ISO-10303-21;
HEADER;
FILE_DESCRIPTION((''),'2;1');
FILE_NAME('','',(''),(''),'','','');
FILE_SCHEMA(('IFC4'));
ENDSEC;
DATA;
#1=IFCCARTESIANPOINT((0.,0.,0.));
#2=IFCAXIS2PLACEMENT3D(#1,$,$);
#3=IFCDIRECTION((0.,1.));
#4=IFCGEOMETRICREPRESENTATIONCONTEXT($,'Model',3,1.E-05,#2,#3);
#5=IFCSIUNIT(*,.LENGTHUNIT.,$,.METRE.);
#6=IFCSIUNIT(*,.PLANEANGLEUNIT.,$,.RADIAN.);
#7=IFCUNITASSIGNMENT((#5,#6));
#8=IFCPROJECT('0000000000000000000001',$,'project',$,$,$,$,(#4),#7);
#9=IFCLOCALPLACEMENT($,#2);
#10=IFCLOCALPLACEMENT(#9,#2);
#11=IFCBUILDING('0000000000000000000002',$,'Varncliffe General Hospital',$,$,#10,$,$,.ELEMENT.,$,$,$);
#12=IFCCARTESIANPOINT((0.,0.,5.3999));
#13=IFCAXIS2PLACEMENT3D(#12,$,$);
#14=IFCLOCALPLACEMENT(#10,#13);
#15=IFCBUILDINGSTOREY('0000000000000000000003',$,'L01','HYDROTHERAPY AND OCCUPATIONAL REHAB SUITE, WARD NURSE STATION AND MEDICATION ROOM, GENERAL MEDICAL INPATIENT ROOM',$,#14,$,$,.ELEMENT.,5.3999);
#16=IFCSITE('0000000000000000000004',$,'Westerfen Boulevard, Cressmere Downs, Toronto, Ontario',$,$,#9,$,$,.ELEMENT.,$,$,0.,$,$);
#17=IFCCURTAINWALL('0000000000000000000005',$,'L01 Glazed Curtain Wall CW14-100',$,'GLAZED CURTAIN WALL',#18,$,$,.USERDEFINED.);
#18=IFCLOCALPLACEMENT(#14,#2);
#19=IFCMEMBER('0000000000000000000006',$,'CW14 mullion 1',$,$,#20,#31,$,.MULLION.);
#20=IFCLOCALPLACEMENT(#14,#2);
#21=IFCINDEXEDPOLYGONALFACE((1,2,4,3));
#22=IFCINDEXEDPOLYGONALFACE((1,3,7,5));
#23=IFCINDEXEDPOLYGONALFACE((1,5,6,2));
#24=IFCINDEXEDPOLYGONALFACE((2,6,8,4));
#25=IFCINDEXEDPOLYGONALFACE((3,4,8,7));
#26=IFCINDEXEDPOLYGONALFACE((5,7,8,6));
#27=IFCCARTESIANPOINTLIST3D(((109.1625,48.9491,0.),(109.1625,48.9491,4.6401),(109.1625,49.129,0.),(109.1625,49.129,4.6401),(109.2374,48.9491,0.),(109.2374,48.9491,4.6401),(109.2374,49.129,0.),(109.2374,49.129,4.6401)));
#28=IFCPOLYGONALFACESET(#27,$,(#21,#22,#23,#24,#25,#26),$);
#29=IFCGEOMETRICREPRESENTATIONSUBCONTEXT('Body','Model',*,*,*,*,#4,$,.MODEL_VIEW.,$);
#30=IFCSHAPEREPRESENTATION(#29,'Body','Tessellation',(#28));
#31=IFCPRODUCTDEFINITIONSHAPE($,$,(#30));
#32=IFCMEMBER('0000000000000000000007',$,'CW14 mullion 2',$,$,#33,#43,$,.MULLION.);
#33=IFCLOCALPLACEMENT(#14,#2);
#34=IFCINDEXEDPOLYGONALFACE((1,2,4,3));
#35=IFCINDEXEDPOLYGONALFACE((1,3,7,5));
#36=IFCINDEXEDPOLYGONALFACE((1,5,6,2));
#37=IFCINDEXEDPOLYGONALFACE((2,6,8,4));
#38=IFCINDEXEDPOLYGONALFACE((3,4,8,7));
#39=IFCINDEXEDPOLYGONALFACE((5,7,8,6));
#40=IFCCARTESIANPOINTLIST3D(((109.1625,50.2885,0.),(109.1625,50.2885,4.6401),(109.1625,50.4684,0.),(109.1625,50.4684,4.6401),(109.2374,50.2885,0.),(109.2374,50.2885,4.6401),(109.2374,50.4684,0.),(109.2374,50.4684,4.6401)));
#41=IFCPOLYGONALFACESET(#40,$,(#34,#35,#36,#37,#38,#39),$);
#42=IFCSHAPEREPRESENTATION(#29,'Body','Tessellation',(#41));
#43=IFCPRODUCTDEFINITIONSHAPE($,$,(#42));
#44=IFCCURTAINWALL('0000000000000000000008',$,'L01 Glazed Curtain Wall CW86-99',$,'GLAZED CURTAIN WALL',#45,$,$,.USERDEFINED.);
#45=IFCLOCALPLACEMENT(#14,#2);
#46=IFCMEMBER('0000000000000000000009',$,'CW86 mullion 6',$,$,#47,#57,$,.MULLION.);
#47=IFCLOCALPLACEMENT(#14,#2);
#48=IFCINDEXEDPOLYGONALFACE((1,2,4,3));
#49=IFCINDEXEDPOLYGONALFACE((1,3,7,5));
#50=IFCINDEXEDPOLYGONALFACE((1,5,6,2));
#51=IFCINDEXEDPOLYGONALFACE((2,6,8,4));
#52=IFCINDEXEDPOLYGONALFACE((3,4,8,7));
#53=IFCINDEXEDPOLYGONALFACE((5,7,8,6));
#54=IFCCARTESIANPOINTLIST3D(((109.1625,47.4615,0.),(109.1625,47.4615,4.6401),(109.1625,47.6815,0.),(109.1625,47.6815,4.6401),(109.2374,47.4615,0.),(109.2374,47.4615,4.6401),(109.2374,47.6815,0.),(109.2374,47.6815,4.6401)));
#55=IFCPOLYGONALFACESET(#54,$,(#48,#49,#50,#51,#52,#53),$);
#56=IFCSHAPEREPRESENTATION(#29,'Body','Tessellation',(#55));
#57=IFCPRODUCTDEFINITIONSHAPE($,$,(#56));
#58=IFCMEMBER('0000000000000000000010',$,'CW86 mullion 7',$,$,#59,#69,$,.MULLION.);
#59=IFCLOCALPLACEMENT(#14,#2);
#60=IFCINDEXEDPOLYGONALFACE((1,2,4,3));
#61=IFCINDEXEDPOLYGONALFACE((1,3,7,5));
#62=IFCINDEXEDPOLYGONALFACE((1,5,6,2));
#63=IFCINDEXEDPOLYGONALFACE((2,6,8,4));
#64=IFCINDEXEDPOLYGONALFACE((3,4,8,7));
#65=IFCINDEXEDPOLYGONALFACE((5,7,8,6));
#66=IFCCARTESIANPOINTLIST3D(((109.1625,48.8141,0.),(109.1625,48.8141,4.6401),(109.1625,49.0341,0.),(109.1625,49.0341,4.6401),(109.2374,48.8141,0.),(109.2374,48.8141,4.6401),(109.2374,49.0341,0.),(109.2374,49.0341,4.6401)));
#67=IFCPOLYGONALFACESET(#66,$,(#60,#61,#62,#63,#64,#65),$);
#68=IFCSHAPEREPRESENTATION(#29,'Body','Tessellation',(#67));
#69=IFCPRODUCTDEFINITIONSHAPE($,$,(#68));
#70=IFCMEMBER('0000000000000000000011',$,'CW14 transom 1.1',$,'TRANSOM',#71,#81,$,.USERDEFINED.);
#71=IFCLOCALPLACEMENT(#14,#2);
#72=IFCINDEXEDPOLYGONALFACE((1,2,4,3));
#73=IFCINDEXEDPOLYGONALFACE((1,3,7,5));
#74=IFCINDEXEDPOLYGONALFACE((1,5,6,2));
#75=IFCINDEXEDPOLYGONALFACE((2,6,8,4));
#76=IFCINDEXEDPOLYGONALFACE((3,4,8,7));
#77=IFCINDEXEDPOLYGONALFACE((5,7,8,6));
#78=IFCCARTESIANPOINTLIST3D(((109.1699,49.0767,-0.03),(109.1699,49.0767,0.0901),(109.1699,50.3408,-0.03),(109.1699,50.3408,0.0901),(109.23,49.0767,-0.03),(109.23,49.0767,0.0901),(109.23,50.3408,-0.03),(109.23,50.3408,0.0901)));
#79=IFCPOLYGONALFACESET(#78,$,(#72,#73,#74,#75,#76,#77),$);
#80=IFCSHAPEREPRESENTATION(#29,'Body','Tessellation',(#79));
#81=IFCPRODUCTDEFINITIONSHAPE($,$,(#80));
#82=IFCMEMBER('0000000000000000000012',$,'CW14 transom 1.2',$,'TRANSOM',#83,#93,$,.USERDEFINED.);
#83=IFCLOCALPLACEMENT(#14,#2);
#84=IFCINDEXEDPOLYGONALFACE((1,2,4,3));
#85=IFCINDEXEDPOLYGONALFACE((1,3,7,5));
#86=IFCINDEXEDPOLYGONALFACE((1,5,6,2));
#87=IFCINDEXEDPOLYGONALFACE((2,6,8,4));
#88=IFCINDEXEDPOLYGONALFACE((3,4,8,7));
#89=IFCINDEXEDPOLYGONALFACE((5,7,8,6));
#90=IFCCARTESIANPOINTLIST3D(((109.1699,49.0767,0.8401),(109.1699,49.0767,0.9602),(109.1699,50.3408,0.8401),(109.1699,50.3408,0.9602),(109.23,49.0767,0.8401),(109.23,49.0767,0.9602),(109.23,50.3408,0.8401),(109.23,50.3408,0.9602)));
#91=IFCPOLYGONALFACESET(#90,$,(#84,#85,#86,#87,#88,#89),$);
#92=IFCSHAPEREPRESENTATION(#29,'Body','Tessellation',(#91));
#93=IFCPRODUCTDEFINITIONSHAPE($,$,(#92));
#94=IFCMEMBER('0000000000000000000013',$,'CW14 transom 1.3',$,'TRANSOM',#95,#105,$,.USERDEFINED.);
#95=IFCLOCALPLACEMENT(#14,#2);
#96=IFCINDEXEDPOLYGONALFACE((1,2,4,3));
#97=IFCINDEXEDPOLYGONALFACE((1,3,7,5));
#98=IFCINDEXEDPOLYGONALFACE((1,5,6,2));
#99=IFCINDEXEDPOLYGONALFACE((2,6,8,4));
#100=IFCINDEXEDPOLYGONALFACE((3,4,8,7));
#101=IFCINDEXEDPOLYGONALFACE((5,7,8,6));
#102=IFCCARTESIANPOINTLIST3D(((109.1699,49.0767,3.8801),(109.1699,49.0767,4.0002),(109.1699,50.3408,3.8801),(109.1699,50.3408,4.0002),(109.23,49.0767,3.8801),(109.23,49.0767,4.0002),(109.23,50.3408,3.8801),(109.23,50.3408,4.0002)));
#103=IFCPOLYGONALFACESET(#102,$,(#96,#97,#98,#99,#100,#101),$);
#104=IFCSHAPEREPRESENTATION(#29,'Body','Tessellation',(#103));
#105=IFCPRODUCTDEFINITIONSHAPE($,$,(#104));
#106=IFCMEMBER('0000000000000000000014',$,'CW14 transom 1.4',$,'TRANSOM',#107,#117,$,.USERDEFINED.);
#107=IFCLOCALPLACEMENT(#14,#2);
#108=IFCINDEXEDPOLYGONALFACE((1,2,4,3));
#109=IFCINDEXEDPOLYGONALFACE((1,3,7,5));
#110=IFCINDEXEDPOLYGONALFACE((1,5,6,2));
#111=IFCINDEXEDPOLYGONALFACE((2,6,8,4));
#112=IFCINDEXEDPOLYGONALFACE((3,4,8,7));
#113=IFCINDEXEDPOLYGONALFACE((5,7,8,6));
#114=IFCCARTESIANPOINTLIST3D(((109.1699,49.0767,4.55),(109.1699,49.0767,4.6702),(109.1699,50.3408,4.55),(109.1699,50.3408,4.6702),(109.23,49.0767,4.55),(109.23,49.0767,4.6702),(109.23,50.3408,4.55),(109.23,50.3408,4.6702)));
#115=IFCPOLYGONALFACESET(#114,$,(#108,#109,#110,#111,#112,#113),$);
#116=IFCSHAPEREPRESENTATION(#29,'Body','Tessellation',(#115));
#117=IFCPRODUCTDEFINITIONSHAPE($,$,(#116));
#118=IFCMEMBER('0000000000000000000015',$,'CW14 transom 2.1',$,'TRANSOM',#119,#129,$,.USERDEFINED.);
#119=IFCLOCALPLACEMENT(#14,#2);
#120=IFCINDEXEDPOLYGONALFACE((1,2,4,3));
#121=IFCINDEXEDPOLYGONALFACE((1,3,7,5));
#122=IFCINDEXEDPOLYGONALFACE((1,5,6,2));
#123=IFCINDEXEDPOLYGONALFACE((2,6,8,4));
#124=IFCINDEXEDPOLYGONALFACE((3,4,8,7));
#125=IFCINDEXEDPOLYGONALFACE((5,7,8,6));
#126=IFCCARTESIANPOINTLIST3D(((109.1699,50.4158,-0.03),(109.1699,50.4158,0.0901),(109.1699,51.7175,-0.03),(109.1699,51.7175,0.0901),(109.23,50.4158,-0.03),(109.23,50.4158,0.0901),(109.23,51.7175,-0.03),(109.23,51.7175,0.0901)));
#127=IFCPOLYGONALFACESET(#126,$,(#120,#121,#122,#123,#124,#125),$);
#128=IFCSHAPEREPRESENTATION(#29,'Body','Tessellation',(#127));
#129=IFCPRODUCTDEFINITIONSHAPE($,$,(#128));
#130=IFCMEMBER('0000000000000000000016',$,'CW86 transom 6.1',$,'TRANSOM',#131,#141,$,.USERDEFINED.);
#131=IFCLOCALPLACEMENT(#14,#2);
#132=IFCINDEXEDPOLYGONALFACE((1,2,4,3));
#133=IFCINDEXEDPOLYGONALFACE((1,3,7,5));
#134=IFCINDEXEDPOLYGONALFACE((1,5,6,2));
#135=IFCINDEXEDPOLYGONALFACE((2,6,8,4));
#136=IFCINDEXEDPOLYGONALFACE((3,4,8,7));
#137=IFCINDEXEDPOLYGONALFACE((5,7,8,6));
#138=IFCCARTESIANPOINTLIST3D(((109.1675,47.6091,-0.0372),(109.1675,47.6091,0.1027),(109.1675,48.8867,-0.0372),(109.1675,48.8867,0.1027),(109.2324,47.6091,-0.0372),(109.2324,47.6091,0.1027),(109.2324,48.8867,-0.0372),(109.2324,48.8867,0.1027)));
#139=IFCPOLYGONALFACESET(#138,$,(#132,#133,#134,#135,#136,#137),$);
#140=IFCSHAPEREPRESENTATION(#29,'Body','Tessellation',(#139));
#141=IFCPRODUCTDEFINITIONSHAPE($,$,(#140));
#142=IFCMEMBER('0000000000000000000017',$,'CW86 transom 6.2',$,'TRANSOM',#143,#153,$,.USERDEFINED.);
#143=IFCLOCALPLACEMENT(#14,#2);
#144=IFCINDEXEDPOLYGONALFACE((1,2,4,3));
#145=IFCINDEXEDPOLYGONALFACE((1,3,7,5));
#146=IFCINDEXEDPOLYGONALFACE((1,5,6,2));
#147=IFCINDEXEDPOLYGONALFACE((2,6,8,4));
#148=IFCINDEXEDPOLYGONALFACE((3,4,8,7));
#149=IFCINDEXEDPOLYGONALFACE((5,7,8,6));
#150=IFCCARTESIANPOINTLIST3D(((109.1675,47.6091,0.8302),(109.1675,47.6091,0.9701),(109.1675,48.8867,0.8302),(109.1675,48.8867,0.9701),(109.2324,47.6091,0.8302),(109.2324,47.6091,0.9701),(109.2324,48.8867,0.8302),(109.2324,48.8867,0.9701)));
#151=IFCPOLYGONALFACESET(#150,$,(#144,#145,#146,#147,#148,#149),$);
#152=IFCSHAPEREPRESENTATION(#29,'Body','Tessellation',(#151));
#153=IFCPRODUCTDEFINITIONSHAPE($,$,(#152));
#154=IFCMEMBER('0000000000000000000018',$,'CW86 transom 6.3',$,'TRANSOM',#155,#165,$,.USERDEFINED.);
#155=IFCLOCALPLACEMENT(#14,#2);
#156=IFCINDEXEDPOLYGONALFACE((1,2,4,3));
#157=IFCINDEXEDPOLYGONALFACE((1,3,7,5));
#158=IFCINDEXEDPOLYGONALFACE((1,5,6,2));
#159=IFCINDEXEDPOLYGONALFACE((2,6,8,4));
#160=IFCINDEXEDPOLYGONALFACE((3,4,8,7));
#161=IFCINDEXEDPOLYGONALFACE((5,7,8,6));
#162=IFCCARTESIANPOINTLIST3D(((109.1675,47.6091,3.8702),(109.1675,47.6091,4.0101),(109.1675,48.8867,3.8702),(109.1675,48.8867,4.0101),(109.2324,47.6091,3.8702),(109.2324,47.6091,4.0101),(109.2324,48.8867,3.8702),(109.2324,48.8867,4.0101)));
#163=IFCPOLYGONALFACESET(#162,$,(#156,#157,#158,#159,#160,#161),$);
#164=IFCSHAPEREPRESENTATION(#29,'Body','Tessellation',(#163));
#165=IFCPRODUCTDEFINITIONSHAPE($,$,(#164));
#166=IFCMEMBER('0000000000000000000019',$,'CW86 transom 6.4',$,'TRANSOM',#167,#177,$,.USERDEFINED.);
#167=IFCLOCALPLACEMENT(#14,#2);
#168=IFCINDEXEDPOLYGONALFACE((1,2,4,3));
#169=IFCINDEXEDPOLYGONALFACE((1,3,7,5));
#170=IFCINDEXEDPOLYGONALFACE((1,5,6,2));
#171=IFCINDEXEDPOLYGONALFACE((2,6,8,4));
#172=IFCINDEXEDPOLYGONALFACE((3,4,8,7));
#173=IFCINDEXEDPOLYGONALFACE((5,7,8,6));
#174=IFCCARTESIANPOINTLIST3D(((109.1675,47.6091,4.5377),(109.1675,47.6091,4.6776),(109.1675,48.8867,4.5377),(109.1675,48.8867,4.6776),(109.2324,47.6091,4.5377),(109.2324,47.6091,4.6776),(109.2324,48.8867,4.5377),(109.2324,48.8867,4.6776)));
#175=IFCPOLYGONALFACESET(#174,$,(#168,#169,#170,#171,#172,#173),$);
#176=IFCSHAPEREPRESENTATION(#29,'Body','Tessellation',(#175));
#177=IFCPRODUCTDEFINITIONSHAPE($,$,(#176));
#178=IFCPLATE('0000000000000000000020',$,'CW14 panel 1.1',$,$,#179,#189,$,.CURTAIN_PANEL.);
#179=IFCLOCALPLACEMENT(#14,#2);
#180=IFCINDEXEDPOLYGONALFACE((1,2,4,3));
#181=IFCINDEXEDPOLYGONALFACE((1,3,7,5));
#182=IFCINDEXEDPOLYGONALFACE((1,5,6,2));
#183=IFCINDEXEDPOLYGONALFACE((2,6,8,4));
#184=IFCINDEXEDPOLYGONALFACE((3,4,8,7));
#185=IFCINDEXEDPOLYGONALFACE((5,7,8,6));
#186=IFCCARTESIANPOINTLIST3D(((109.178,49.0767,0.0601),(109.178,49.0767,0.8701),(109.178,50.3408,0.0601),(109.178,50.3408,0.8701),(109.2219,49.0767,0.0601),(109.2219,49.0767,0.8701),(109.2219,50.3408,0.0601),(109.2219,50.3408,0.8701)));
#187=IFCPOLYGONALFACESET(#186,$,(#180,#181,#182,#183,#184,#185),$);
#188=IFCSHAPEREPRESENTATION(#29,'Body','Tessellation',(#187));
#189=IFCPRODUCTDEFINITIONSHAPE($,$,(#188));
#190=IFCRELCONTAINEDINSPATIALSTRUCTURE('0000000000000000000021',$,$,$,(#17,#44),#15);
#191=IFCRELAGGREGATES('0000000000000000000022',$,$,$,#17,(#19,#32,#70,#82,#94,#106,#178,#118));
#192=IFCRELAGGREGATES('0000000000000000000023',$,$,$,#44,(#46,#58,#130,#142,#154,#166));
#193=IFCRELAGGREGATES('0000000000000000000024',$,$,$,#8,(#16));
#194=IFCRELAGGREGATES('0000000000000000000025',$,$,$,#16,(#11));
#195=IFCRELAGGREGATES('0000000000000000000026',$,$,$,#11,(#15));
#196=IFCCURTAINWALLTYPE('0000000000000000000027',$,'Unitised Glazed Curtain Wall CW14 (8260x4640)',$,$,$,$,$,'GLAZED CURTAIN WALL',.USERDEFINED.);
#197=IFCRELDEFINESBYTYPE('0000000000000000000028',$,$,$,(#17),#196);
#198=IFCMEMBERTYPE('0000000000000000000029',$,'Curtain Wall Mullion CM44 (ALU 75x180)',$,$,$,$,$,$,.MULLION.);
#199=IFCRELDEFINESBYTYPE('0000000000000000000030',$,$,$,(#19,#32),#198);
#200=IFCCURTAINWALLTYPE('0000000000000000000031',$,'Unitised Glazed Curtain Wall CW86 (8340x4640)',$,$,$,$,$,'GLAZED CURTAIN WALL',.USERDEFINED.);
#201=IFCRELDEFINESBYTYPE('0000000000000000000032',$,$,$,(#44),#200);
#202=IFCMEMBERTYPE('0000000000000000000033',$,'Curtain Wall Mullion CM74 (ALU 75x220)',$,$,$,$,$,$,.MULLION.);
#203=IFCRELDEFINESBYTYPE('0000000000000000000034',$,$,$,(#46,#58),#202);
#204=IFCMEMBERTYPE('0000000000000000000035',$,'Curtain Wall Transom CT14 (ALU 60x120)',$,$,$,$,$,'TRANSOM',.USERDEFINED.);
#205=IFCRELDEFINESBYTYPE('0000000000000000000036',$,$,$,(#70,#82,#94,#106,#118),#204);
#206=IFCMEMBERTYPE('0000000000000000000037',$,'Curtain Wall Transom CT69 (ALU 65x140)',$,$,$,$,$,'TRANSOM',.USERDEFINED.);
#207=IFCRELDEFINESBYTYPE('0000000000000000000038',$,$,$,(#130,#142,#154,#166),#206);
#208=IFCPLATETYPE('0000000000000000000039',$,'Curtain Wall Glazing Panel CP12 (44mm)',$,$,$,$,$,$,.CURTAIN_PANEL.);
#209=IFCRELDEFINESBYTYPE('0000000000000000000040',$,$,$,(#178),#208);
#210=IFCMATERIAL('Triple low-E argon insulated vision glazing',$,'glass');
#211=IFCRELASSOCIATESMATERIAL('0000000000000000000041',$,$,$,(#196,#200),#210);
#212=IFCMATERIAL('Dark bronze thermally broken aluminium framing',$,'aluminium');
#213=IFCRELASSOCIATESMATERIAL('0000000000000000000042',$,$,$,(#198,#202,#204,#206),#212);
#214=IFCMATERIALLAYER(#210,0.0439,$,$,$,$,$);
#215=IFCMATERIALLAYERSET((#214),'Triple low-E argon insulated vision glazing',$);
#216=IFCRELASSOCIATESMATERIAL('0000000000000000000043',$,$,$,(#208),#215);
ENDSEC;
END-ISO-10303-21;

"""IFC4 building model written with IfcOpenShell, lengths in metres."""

from ifc_helpers import new_model, si_unit, direction, frame, origin, origin_2d, place, context, subcontext, project, spatial, rectangle, extrude, material, layer, layer_set, material_profile, profile_set, type_object, element, aggregate, save


model = new_model("IFC4")

# Units and contexts
model_context = context("Model", 3, precision=1e-05, world=origin(), true_north=direction((0.0, 1.0)))
body_context = subcontext(model_context, "Body", "Model", "MODEL_VIEW")
ifc_project = project(units=[si_unit("LENGTHUNIT", "METRE"), si_unit("PLANEANGLEUNIT", "RADIAN")], contexts=[model_context])

# Site, building, storey
site_placement = place(None, origin())
site = spatial("IfcSite", under=ifc_project, at=site_placement, Name="Westerfen Boulevard, Cressmere Downs, Toronto, Ontario", CompositionType="ELEMENT", RefElevation=0.0)
building_placement = place(site_placement, origin())
building = spatial("IfcBuilding", under=site, at=building_placement, Name="Varncliffe General Hospital", CompositionType="ELEMENT")
storey_placement = place(building_placement, frame((0.0, 0.0, 5.3999)))
storey = spatial("IfcBuildingStorey", under=building, at=storey_placement, Name="L01", Description="HYDROTHERAPY AND OCCUPATIONAL REHAB SUITE, WARD NURSE STATION AND MEDICATION ROOM, GENERAL MEDICAL INPATIENT ROOM", CompositionType="ELEMENT", Elevation=5.3999)

# Curtain walls, members
ifc_material_1 = material(Name="Triple low-E argon insulated vision glazing", Category="glass")
curtain_wall_type_1 = type_object("IfcCurtainWallType", Name="Unitised Glazed Curtain Wall CW14 (8260x4640)", ElementType="GLAZED CURTAIN WALL", PredefinedType="USERDEFINED", material=ifc_material_1)
curtain_wall_1_placement = place(storey_placement, origin())
curtain_wall_1 = element("IfcCurtainWall", 1, at=curtain_wall_1_placement, inside=storey, type_object=curtain_wall_type_1, Name="L01 Glazed Curtain Wall CW14-100", ObjectType="GLAZED CURTAIN WALL", PredefinedType="USERDEFINED")
ifc_material_2 = material(Name="Dark bronze thermally broken aluminium framing", Category="aluminium")
ifc_material_profile_1 = material_profile(ifc_material_2, rectangle(XDim=0.075, YDim=0.1799, at=origin_2d()), Name="ALU 75x180")
ifc_profile_set_1 = profile_set([ifc_material_profile_1], Name="Dark bronze thermally broken aluminium framing")
member_type_1 = type_object("IfcMemberType", Name="Curtain Wall Mullion CM44 (ALU 75x180)", PredefinedType="MULLION", material=ifc_profile_set_1)
member_1_placement = place(storey_placement, frame((109.2, 49.0391, 0.0), z_axis=(0.0, 0.0, 1.0), x_axis=(-1.0, 0.0, 0.0)))
member_1 = element("IfcMember", 2, at=member_1_placement, type_object=member_type_1, Name="CW14 mullion 1", PredefinedType="MULLION", context=body_context, shape_type="SweptSolid", body=[
    extrude(rectangle(XDim=0.075, YDim=0.1799, at=origin_2d()), origin(), (0.0, 0.0, 1.0), 4.6401),
])
member_2_placement = place(storey_placement, frame((109.2, 50.3784, 0.0), z_axis=(0.0, 0.0, 1.0), x_axis=(-1.0, 0.0, 0.0)))
member_2 = element("IfcMember", 3, at=member_2_placement, type_object=member_type_1, Name="CW14 mullion 2", PredefinedType="MULLION", context=body_context, shape_type="SweptSolid", body=[
    extrude(rectangle(XDim=0.075, YDim=0.1799, at=origin_2d()), origin(), (0.0, 0.0, 1.0), 4.6401),
])
curtain_wall_type_2 = type_object("IfcCurtainWallType", Name="Unitised Glazed Curtain Wall CW86 (8340x4640)", ElementType="GLAZED CURTAIN WALL", PredefinedType="USERDEFINED", material=ifc_material_1)
curtain_wall_2_placement = place(storey_placement, origin())
curtain_wall_2 = element("IfcCurtainWall", 4, at=curtain_wall_2_placement, inside=storey, type_object=curtain_wall_type_2, Name="L01 Glazed Curtain Wall CW86-99", ObjectType="GLAZED CURTAIN WALL", PredefinedType="USERDEFINED")
ifc_material_profile_2 = material_profile(ifc_material_2, rectangle(XDim=0.075, YDim=0.22, at=origin_2d()), Name="ALU 75x220")
ifc_profile_set_2 = profile_set([ifc_material_profile_2], Name="Dark bronze thermally broken aluminium framing")
member_type_2 = type_object("IfcMemberType", Name="Curtain Wall Mullion CM74 (ALU 75x220)", PredefinedType="MULLION", material=ifc_profile_set_2)
member_3_placement = place(storey_placement, frame((109.2, 47.5715, 0.0), z_axis=(0.0, 0.0, 1.0), x_axis=(-1.0, 0.0, 0.0)))
member_3 = element("IfcMember", 5, at=member_3_placement, type_object=member_type_2, Name="CW86 mullion 6", PredefinedType="MULLION", context=body_context, shape_type="SweptSolid", body=[
    extrude(rectangle(XDim=0.075, YDim=0.22, at=origin_2d()), origin(), (0.0, 0.0, 1.0), 4.6401),
])
member_4_placement = place(storey_placement, frame((109.2, 48.9241, 0.0), z_axis=(0.0, 0.0, 1.0), x_axis=(-1.0, 0.0, 0.0)))
member_4 = element("IfcMember", 6, at=member_4_placement, type_object=member_type_2, Name="CW86 mullion 7", PredefinedType="MULLION", context=body_context, shape_type="SweptSolid", body=[
    extrude(rectangle(XDim=0.075, YDim=0.22, at=origin_2d()), origin(), (0.0, 0.0, 1.0), 4.6401),
])

# Members
ifc_material_profile_3 = material_profile(ifc_material_2, rectangle(XDim=0.0601, YDim=0.1201, at=origin_2d()), Name="ALU 60x120")
ifc_profile_set_3 = profile_set([ifc_material_profile_3], Name="Dark bronze thermally broken aluminium framing")
member_type_3 = type_object("IfcMemberType", Name="Curtain Wall Transom CT14 (ALU 60x120)", ElementType="TRANSOM", PredefinedType="USERDEFINED", material=ifc_profile_set_3)
member_5_placement = place(storey_placement, frame((109.2, 49.0767, 0.03), z_axis=(0.0, 1.0, 0.0), x_axis=(-1.0, 0.0, 0.0)))
member_5 = element("IfcMember", 7, at=member_5_placement, type_object=member_type_3, Name="CW14 transom 1.1", ObjectType="TRANSOM", PredefinedType="USERDEFINED", context=body_context, shape_type="SweptSolid", body=[
    extrude(rectangle(XDim=0.0601, YDim=0.1201, at=origin_2d()), origin(), (0.0, 0.0, 1.0), 1.2642),
])
member_6_placement = place(storey_placement, frame((109.2, 49.0767, 0.9001), z_axis=(0.0, 1.0, 0.0), x_axis=(-1.0, 0.0, 0.0)))
member_6 = element("IfcMember", 8, at=member_6_placement, type_object=member_type_3, Name="CW14 transom 1.2", ObjectType="TRANSOM", PredefinedType="USERDEFINED", context=body_context, shape_type="SweptSolid", body=[
    extrude(rectangle(XDim=0.0601, YDim=0.1201, at=origin_2d()), origin(), (0.0, 0.0, 1.0), 1.2642),
])
member_7_placement = place(storey_placement, frame((109.2, 49.0767, 3.9402), z_axis=(0.0, 1.0, 0.0), x_axis=(-1.0, 0.0, 0.0)))
member_7 = element("IfcMember", 9, at=member_7_placement, type_object=member_type_3, Name="CW14 transom 1.3", ObjectType="TRANSOM", PredefinedType="USERDEFINED", context=body_context, shape_type="SweptSolid", body=[
    extrude(rectangle(XDim=0.0601, YDim=0.1201, at=origin_2d()), origin(), (0.0, 0.0, 1.0), 1.2642),
])
member_8_placement = place(storey_placement, frame((109.2, 49.0767, 4.6101), z_axis=(0.0, 1.0, 0.0), x_axis=(-1.0, 0.0, 0.0)))
member_8 = element("IfcMember", 10, at=member_8_placement, type_object=member_type_3, Name="CW14 transom 1.4", ObjectType="TRANSOM", PredefinedType="USERDEFINED", context=body_context, shape_type="SweptSolid", body=[
    extrude(rectangle(XDim=0.0601, YDim=0.1201, at=origin_2d()), origin(), (0.0, 0.0, 1.0), 1.2642),
])
member_9_placement = place(storey_placement, frame((109.2, 50.4158, 0.03), z_axis=(0.0, 1.0, 0.0), x_axis=(-1.0, 0.0, 0.0)))
member_9 = element("IfcMember", 11, at=member_9_placement, type_object=member_type_3, Name="CW14 transom 2.1", ObjectType="TRANSOM", PredefinedType="USERDEFINED", context=body_context, shape_type="SweptSolid", body=[
    extrude(rectangle(XDim=0.0601, YDim=0.1201, at=origin_2d()), origin(), (0.0, 0.0, 1.0), 1.3018),
])
ifc_material_profile_4 = material_profile(ifc_material_2, rectangle(XDim=0.0649, YDim=0.1399, at=origin_2d()), Name="ALU 65x140")
ifc_profile_set_4 = profile_set([ifc_material_profile_4], Name="Dark bronze thermally broken aluminium framing")
member_type_4 = type_object("IfcMemberType", Name="Curtain Wall Transom CT69 (ALU 65x140)", ElementType="TRANSOM", PredefinedType="USERDEFINED", material=ifc_profile_set_4)
member_10_placement = place(storey_placement, frame((109.2, 47.6091, 0.0327), z_axis=(0.0, 1.0, 0.0), x_axis=(-1.0, 0.0, 0.0)))
member_10 = element("IfcMember", 12, at=member_10_placement, type_object=member_type_4, Name="CW86 transom 6.1", ObjectType="TRANSOM", PredefinedType="USERDEFINED", context=body_context, shape_type="SweptSolid", body=[
    extrude(rectangle(XDim=0.0649, YDim=0.1399, at=origin_2d()), origin(), (0.0, 0.0, 1.0), 1.2776),
])
member_11_placement = place(storey_placement, frame((109.2, 47.6091, 0.9001), z_axis=(0.0, 1.0, 0.0), x_axis=(-1.0, 0.0, 0.0)))
member_11 = element("IfcMember", 13, at=member_11_placement, type_object=member_type_4, Name="CW86 transom 6.2", ObjectType="TRANSOM", PredefinedType="USERDEFINED", context=body_context, shape_type="SweptSolid", body=[
    extrude(rectangle(XDim=0.0649, YDim=0.1399, at=origin_2d()), origin(), (0.0, 0.0, 1.0), 1.2776),
])
member_12_placement = place(storey_placement, frame((109.2, 47.6091, 3.9402), z_axis=(0.0, 1.0, 0.0), x_axis=(-1.0, 0.0, 0.0)))
member_12 = element("IfcMember", 14, at=member_12_placement, type_object=member_type_4, Name="CW86 transom 6.3", ObjectType="TRANSOM", PredefinedType="USERDEFINED", context=body_context, shape_type="SweptSolid", body=[
    extrude(rectangle(XDim=0.0649, YDim=0.1399, at=origin_2d()), origin(), (0.0, 0.0, 1.0), 1.2776),
])
member_13_placement = place(storey_placement, frame((109.2, 47.6091, 4.6077), z_axis=(0.0, 1.0, 0.0), x_axis=(-1.0, 0.0, 0.0)))
member_13 = element("IfcMember", 15, at=member_13_placement, type_object=member_type_4, Name="CW86 transom 6.4", ObjectType="TRANSOM", PredefinedType="USERDEFINED", context=body_context, shape_type="SweptSolid", body=[
    extrude(rectangle(XDim=0.0649, YDim=0.1399, at=origin_2d()), origin(), (0.0, 0.0, 1.0), 1.2776),
])

# Plate
ifc_layer_1 = layer(ifc_material_1, 0.0439)
ifc_layer_set_1 = layer_set([ifc_layer_1], Name="Triple low-E argon insulated vision glazing")
plate_type_1 = type_object("IfcPlateType", Name="Curtain Wall Glazing Panel CP12 (44mm)", PredefinedType="CURTAIN_PANEL", material=ifc_layer_set_1)
plate_1_placement = place(storey_placement, frame((109.2, 49.7087, 0.0601), z_axis=(0.0, 0.0, 1.0), x_axis=(0.0, 1.0, 0.0)))
plate_1 = element("IfcPlate", 16, at=plate_1_placement, type_object=plate_type_1, Name="CW14 panel 1.1", PredefinedType="CURTAIN_PANEL", context=body_context, shape_type="SweptSolid", body=[
    extrude(rectangle(XDim=1.2642, YDim=0.0439, at=origin_2d()), origin(), (0.0, 0.0, 1.0), 0.8101),
])
aggregate(curtain_wall_1, [member_1, member_2, member_5, member_6, member_7, member_8, plate_1, member_9])
aggregate(curtain_wall_2, [member_3, member_4, member_10, member_11, member_12, member_13])

save(model, "model.ifc")
